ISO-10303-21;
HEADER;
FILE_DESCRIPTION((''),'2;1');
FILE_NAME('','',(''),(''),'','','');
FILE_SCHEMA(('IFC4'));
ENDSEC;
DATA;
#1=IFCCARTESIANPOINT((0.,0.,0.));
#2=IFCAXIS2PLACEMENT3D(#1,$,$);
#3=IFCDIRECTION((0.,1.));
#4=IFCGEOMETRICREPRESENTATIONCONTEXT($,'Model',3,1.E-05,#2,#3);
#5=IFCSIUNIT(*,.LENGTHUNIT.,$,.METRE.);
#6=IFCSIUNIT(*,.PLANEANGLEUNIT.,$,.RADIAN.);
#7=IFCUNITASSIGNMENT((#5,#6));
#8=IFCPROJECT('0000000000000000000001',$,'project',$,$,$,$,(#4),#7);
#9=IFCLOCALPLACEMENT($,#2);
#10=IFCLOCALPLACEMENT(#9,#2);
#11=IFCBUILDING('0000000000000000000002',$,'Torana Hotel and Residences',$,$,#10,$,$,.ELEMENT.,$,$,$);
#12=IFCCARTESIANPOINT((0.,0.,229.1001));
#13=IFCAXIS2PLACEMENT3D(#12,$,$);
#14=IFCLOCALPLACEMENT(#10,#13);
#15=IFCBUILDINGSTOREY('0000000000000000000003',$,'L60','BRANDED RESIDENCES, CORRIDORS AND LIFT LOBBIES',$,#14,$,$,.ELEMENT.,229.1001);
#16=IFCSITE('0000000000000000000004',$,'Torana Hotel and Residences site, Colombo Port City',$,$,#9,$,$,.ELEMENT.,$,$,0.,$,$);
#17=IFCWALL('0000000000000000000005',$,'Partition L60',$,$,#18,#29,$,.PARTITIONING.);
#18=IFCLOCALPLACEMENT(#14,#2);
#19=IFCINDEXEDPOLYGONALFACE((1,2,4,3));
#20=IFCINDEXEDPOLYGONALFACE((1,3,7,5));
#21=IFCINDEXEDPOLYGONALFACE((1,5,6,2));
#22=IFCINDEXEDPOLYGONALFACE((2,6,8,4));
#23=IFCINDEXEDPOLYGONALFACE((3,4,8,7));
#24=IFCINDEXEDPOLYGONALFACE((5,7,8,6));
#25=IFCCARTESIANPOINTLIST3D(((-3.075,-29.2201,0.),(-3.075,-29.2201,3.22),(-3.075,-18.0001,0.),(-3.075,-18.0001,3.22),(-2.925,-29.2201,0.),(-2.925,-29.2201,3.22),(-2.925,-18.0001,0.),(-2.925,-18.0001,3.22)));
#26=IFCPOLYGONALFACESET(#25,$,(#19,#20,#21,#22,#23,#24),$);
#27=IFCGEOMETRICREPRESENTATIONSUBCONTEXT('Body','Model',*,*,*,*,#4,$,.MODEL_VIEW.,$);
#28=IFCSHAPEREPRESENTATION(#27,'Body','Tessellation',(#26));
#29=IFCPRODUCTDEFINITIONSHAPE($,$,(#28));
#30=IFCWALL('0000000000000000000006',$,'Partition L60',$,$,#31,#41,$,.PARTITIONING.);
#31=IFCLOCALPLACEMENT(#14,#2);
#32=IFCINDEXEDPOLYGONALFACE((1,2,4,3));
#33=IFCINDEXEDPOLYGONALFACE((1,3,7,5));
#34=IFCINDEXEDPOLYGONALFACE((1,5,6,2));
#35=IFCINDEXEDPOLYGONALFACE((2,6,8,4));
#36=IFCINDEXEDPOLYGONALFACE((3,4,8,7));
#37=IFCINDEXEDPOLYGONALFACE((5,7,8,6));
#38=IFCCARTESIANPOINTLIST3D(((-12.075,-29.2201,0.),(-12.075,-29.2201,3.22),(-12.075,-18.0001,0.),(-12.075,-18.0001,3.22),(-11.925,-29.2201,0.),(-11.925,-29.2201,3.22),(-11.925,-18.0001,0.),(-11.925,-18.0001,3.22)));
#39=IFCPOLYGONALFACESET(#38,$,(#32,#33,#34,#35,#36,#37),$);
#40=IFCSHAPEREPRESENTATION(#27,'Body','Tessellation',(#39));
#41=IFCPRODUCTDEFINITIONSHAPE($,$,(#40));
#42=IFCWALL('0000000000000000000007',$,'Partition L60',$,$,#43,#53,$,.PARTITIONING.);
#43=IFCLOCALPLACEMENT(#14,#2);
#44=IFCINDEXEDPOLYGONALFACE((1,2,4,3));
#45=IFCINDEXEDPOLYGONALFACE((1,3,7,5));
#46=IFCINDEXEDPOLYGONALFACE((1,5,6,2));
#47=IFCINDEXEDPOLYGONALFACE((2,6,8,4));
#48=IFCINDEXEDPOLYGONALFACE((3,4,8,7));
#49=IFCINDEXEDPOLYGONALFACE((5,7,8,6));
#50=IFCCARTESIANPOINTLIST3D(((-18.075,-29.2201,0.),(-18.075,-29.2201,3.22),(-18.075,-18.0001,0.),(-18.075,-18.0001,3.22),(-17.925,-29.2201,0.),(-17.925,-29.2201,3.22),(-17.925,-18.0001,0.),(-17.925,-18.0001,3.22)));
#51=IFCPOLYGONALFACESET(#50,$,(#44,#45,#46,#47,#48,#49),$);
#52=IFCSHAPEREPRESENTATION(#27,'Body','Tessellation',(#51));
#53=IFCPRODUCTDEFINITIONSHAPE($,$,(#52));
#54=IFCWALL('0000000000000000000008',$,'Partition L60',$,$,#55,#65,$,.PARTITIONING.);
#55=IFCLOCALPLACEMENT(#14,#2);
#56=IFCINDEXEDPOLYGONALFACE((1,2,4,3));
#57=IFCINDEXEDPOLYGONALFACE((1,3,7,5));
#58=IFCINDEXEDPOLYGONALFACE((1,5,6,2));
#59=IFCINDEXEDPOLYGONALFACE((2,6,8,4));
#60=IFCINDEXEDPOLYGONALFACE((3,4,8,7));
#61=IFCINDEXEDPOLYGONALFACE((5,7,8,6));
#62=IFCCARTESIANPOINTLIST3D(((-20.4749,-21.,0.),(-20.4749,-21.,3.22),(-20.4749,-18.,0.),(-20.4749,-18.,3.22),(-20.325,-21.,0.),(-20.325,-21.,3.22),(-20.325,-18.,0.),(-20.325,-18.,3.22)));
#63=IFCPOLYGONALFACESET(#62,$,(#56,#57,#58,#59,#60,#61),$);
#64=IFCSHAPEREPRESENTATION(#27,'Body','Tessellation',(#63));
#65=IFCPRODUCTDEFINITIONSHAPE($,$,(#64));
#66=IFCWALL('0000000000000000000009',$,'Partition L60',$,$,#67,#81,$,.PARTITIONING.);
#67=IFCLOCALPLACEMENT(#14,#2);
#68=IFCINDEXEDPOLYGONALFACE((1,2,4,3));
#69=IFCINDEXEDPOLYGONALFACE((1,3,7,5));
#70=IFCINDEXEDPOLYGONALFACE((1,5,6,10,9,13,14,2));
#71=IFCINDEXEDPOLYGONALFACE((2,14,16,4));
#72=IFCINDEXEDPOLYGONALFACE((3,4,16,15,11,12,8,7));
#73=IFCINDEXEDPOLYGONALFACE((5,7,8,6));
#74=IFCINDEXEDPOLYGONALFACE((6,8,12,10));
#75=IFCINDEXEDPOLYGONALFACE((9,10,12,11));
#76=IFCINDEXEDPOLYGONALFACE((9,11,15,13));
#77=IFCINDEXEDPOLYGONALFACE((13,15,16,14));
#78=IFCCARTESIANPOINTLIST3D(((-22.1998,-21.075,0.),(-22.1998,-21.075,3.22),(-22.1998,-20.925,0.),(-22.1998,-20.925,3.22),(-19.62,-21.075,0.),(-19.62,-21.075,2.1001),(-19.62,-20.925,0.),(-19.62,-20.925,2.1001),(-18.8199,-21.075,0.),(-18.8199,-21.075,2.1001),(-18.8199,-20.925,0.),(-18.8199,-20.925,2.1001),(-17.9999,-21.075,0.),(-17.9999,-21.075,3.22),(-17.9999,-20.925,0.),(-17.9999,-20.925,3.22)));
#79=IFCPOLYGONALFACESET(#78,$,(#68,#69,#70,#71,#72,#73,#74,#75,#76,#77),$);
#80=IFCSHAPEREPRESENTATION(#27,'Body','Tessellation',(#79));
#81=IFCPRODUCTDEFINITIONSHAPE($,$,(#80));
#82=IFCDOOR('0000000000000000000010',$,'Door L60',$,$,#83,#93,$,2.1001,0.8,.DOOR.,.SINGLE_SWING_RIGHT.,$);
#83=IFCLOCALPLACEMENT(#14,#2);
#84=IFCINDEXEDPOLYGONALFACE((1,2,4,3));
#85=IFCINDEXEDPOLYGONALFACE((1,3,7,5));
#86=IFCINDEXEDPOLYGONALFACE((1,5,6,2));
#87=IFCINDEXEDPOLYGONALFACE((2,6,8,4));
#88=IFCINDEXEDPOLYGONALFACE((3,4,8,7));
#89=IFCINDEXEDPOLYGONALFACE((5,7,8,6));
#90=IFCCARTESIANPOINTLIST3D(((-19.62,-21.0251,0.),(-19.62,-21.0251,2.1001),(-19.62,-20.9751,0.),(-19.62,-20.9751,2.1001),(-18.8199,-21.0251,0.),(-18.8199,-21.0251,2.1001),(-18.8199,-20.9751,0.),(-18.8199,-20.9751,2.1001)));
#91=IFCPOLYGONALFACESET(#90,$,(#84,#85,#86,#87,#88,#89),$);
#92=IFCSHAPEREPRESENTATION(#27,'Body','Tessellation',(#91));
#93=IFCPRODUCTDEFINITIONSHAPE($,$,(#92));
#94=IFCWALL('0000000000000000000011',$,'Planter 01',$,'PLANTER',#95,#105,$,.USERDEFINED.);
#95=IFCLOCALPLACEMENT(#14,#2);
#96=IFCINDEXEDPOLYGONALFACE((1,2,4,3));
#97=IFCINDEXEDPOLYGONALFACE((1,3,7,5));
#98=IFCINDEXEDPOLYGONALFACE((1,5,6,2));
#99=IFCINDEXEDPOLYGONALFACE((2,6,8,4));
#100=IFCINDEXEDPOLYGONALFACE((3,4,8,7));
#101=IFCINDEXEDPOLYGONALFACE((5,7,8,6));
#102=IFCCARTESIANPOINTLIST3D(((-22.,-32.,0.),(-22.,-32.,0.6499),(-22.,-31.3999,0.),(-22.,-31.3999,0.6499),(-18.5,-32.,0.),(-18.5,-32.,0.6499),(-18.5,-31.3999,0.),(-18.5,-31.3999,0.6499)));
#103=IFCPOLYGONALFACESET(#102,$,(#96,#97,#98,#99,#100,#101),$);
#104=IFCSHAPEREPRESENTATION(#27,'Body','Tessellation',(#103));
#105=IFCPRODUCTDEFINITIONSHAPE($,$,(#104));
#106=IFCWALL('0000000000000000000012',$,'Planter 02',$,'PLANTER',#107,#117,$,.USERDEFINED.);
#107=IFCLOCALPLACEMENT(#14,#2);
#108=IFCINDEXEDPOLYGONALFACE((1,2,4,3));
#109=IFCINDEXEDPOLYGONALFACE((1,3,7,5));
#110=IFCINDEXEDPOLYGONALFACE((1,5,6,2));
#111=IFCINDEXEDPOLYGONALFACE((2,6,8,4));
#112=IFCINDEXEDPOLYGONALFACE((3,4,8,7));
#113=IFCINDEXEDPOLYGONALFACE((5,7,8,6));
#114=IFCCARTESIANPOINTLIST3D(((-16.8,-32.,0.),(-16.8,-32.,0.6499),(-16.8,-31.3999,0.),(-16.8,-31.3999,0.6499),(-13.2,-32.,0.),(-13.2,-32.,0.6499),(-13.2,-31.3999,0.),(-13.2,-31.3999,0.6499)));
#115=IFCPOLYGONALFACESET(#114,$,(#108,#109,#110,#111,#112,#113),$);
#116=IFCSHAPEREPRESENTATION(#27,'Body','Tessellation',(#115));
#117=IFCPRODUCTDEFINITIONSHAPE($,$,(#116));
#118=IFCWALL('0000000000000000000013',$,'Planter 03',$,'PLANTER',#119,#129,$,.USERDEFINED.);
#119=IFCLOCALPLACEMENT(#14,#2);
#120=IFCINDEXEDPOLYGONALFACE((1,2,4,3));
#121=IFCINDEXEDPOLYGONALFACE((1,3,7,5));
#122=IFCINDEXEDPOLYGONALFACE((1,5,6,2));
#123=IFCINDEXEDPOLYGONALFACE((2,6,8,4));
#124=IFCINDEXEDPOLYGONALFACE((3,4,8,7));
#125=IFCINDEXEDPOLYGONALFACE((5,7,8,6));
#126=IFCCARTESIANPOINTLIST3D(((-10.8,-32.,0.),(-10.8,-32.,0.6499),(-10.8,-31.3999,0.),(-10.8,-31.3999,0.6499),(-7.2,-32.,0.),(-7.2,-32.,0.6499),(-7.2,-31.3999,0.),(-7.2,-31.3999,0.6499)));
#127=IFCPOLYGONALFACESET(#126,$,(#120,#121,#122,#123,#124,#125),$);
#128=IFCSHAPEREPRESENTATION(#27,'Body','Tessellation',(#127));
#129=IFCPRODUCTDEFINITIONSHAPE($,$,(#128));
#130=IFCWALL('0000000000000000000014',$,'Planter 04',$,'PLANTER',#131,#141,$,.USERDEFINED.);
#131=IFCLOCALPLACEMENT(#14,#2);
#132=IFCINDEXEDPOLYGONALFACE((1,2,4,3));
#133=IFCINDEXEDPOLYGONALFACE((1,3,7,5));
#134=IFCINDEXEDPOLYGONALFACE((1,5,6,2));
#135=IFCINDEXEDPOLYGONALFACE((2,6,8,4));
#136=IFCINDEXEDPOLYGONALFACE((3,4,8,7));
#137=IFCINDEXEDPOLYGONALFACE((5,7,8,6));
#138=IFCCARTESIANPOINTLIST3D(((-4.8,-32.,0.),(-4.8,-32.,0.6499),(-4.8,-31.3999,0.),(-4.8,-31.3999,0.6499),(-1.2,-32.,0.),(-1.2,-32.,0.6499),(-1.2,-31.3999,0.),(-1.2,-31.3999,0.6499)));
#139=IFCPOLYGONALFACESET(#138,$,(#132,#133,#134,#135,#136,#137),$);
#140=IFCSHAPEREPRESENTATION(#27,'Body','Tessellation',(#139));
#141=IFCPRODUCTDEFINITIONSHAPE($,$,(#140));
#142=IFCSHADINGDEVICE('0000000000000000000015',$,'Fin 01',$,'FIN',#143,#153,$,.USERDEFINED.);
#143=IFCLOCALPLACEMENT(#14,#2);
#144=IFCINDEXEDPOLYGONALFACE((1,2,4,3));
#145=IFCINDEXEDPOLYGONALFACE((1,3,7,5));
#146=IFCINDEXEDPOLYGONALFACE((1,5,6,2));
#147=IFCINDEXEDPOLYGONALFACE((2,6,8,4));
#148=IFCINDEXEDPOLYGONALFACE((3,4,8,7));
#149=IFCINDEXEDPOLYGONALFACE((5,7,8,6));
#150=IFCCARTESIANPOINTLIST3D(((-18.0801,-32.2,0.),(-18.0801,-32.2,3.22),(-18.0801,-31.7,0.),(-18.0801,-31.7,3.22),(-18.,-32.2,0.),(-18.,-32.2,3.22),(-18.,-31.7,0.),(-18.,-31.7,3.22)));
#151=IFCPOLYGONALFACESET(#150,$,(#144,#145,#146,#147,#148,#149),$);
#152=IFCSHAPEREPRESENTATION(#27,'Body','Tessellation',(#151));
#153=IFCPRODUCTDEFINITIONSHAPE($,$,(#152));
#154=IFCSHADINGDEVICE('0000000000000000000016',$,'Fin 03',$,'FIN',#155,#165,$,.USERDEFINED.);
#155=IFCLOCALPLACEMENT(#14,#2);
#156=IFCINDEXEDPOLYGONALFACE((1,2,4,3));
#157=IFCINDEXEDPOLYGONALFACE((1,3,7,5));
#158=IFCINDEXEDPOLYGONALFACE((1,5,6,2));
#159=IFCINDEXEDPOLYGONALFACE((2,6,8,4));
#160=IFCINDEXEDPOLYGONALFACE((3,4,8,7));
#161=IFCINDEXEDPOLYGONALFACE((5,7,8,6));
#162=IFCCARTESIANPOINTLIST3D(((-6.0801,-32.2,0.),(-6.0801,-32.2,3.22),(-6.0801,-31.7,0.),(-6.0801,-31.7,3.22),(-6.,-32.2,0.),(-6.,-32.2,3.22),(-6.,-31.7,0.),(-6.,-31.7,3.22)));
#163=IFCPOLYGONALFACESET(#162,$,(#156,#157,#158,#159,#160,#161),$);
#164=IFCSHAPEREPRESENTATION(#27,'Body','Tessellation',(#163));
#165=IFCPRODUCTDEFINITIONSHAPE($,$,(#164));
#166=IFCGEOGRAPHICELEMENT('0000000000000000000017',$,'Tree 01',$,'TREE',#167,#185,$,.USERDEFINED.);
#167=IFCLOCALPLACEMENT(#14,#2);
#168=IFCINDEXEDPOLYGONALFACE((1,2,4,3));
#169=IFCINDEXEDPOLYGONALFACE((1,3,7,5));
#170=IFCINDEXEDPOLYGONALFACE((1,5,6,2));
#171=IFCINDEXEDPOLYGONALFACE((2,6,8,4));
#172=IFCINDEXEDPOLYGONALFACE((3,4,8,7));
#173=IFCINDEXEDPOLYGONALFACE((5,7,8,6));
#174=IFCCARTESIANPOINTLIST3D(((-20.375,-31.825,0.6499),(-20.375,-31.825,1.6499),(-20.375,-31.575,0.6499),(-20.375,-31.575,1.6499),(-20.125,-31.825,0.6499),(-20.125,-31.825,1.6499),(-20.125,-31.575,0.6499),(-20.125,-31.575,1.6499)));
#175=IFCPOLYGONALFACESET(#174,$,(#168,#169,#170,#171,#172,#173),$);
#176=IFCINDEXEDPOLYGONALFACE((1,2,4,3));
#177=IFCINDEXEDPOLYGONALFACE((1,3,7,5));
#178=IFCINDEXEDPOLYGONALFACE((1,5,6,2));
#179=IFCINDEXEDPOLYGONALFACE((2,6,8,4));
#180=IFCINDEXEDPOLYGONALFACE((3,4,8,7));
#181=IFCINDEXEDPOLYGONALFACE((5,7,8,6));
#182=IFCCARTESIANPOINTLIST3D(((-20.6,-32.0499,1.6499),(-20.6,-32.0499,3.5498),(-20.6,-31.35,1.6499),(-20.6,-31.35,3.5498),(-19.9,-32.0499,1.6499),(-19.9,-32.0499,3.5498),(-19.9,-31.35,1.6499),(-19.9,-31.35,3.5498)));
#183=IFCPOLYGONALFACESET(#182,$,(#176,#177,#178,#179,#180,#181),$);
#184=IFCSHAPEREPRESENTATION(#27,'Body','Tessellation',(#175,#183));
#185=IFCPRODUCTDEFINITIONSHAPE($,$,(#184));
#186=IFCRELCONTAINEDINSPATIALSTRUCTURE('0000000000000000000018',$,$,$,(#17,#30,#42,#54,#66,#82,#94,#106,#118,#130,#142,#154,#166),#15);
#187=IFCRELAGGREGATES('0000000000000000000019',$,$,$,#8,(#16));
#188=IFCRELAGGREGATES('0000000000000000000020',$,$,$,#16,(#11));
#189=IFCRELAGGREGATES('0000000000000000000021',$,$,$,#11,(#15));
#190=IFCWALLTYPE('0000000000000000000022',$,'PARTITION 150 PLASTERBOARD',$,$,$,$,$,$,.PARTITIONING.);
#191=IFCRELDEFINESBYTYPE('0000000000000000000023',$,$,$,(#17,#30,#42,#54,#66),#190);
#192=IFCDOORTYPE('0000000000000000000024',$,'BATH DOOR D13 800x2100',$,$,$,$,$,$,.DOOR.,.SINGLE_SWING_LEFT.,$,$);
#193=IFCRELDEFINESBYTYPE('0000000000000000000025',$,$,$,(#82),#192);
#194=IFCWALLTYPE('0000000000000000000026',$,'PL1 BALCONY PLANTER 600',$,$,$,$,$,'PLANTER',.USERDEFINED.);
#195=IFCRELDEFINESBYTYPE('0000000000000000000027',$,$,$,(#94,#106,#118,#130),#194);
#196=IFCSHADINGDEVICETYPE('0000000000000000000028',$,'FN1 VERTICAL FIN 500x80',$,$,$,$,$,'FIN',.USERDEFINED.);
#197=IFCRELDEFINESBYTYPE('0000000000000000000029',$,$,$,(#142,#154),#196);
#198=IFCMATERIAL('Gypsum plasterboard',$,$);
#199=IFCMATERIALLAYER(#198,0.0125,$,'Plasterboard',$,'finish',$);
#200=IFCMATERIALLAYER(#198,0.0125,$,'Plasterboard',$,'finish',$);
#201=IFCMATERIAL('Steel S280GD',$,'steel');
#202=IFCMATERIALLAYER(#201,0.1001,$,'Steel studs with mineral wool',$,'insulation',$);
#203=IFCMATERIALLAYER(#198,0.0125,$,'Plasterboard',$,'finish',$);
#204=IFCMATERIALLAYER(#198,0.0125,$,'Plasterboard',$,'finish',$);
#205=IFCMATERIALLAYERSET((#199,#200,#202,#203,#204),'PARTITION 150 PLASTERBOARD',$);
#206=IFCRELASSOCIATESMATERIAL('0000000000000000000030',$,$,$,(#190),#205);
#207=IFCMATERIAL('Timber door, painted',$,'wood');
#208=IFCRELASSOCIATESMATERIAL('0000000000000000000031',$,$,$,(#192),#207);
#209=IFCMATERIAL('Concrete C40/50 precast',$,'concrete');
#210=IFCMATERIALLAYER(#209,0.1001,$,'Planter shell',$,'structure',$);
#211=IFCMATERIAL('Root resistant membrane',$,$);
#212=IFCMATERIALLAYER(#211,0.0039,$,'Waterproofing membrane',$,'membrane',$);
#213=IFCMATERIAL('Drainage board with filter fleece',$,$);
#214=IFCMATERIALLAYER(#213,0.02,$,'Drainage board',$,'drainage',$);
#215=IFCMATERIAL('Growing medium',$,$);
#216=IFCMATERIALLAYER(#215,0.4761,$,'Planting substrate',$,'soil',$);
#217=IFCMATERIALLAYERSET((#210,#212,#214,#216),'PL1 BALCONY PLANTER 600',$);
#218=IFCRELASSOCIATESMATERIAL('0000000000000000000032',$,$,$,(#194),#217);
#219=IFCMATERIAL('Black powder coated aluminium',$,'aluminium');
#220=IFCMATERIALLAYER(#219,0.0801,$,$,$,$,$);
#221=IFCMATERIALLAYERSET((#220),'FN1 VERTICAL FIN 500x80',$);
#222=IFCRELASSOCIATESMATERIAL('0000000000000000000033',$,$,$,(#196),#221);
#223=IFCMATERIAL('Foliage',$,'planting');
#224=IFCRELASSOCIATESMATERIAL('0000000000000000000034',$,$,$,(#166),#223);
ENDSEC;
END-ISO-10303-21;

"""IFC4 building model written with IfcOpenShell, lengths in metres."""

from ifc_helpers import new_model, si_unit, direction, frame, frame_2d, origin, origin_2d, place, context, subcontext, project, spatial, rectangle, extrude, material, layer, layer_set, type_object, element, fill, save


model = new_model("IFC4")

# Units and contexts
model_context = context("Model", 3, precision=1e-05, world=origin(), true_north=direction((0.0, 1.0)))
body_context = subcontext(model_context, "Body", "Model", "MODEL_VIEW")
ifc_project = project(units=[si_unit("LENGTHUNIT", "METRE"), si_unit("PLANEANGLEUNIT", "RADIAN")], contexts=[model_context])

# Site, building, storey
site_placement = place(None, origin())
site = spatial("IfcSite", under=ifc_project, at=site_placement, Name="Torana Hotel and Residences site, Colombo Port City", CompositionType="ELEMENT", RefElevation=0.0)
building_placement = place(site_placement, origin())
building = spatial("IfcBuilding", under=site, at=building_placement, Name="Torana Hotel and Residences", CompositionType="ELEMENT")
storey_placement = place(building_placement, frame((0.0, 0.0, 229.1001)))
storey = spatial("IfcBuildingStorey", under=building, at=storey_placement, Name="L60", Description="BRANDED RESIDENCES, CORRIDORS AND LIFT LOBBIES", CompositionType="ELEMENT", Elevation=229.1001)

# Walls
ifc_material_1 = material(Name="Gypsum plasterboard")
ifc_layer_1 = layer(ifc_material_1, 0.0125, Name="Plasterboard", Category="finish")
ifc_layer_2 = layer(ifc_material_1, 0.0125, Name="Plasterboard", Category="finish")
ifc_material_2 = material(Name="Steel S280GD", Category="steel")
ifc_layer_3 = layer(ifc_material_2, 0.1001, Name="Steel studs with mineral wool", Category="insulation")
ifc_layer_4 = layer(ifc_material_1, 0.0125, Name="Plasterboard", Category="finish")
ifc_layer_5 = layer(ifc_material_1, 0.0125, Name="Plasterboard", Category="finish")
ifc_layer_set_1 = layer_set([ifc_layer_1, ifc_layer_2, ifc_layer_3, ifc_layer_4, ifc_layer_5], Name="PARTITION 150 PLASTERBOARD")
wall_type_1 = type_object("IfcWallType", Name="PARTITION 150 PLASTERBOARD", PredefinedType="PARTITIONING", material=ifc_layer_set_1)
for number, where, z_axis, x_axis, name in (
    (1, (-3.0, -29.22, 0.0), (0.0, 0.0, 1.0), (0.0, 1.0, 0.0), "Partition L60"),
    (2, (-12.0, -29.22, 0.0), (0.0, 0.0, 1.0), (0.0, 1.0, 0.0), "Partition L60"),
    (3, (-18.0, -29.22, 0.0), (0.0, 0.0, 1.0), (0.0, 1.0, 0.0), "Partition L60"),
):
    element("IfcWall", number, at=place(storey_placement, frame(where, z_axis=z_axis, x_axis=x_axis)), inside=storey, type_object=wall_type_1, Name=name, PredefinedType="PARTITIONING", context=body_context, shape_type="SweptSolid", body=[
        extrude(rectangle(XDim=11.22, YDim=0.1499, at=frame_2d((5.6099, 0.0))), origin(), (0.0, 0.0, 1.0), 3.22),
    ])
wall_1_placement = place(storey_placement, frame((-20.3999, -21.0, 0.0), z_axis=(0.0, 0.0, 1.0), x_axis=(0.0, 1.0, 0.0)))
element("IfcWall", 4, at=wall_1_placement, inside=storey, type_object=wall_type_1, Name="Partition L60", PredefinedType="PARTITIONING", context=body_context, shape_type="SweptSolid", body=[
    extrude(rectangle(XDim=3.0, YDim=0.1499, at=frame_2d((1.5, 0.0))), origin(), (0.0, 0.0, 1.0), 3.22),
])

# Wall, opening, door
wall_2_placement = place(storey_placement, frame((-22.2, -21.0, 0.0), z_axis=(0.0, 0.0, 1.0), x_axis=(1.0, 0.0, 0.0)))
wall_2 = element("IfcWall", 5, at=wall_2_placement, inside=storey, type_object=wall_type_1, Name="Partition L60", PredefinedType="PARTITIONING", context=body_context, shape_type="SweptSolid", body=[
    extrude(rectangle(XDim=4.2, YDim=0.1499, at=frame_2d((2.1001, 0.0))), origin(), (0.0, 0.0, 1.0), 3.22),
])
opening_1_placement = place(wall_2_placement, frame((2.5801, 0.0, 0.0)))
opening_1 = element("IfcOpeningElement", 6, at=opening_1_placement, cuts=wall_2, PredefinedType="OPENING", context=body_context, shape_type="SweptSolid", body=[
    extrude(rectangle(XDim=0.8, YDim=2.1001, at=frame_2d((0.3999, 1.05))), frame((0.0, 0.085, 0.0), z_axis=(0.0, -1.0, 0.0), x_axis=(1.0, 0.0, 0.0)), (0.0, 0.0, 1.0), 0.1699),
])
ifc_material_3 = material(Name="Timber door, painted", Category="wood")
door_type_1 = type_object("IfcDoorType", Name="BATH DOOR D13 800x2100", OperationType="SINGLE_SWING_LEFT", PredefinedType="DOOR", material=ifc_material_3)
door_1_placement = place(opening_1_placement, origin())
door_1 = element("IfcDoor", 7, at=door_1_placement, inside=storey, type_object=door_type_1, Name="Door L60", OperationType="SINGLE_SWING_RIGHT", OverallHeight=2.1001, OverallWidth=0.8, PredefinedType="DOOR", context=body_context, shape_type="SweptSolid", body=[
    extrude(rectangle(XDim=0.8, YDim=2.1001, at=frame_2d((0.3999, 1.05))), frame((0.0, 0.0249, 0.0), z_axis=(0.0, -1.0, 0.0), x_axis=(1.0, 0.0, 0.0)), (0.0, 0.0, 1.0), 0.05),
])
fill(opening_1, door_1)

# Walls
ifc_material_4 = material(Name="Concrete C40/50 precast", Category="concrete")
ifc_layer_6 = layer(ifc_material_4, 0.1001, Name="Planter shell", Category="structure")
ifc_material_5 = material(Name="Root resistant membrane")
ifc_layer_7 = layer(ifc_material_5, 0.0039, Name="Waterproofing membrane", Category="membrane")
ifc_material_6 = material(Name="Drainage board with filter fleece")
ifc_layer_8 = layer(ifc_material_6, 0.02, Name="Drainage board", Category="drainage")
ifc_material_7 = material(Name="Growing medium")
ifc_layer_9 = layer(ifc_material_7, 0.4761, Name="Planting substrate", Category="soil")
ifc_layer_set_2 = layer_set([ifc_layer_6, ifc_layer_7, ifc_layer_8, ifc_layer_9], Name="PL1 BALCONY PLANTER 600")
wall_type_2 = type_object("IfcWallType", Name="PL1 BALCONY PLANTER 600", ElementType="PLANTER", PredefinedType="USERDEFINED", material=ifc_layer_set_2)
wall_3_placement = place(storey_placement, frame((-18.5, -31.7, 0.0), z_axis=(0.0, 0.0, 1.0), x_axis=(-1.0, 0.0, 0.0)))
element("IfcWall", 8, at=wall_3_placement, inside=storey, type_object=wall_type_2, Name="Planter 01", ObjectType="PLANTER", PredefinedType="USERDEFINED", context=body_context, shape_type="SweptSolid", body=[
    extrude(rectangle(XDim=3.5, YDim=0.6001, at=frame_2d((1.75, 0.0))), origin(), (0.0, 0.0, 1.0), 0.6499),
])
for number, where, z_axis, x_axis, name in (
    (9, (-13.2, -31.7, 0.0), (0.0, 0.0, 1.0), (-1.0, 0.0, 0.0), "Planter 02"),
    (10, (-7.2, -31.7, 0.0), (0.0, 0.0, 1.0), (-1.0, 0.0, 0.0), "Planter 03"),
    (11, (-1.2, -31.7, 0.0), (0.0, 0.0, 1.0), (-1.0, 0.0, 0.0), "Planter 04"),
):
    element("IfcWall", number, at=place(storey_placement, frame(where, z_axis=z_axis, x_axis=x_axis)), inside=storey, type_object=wall_type_2, Name=name, ObjectType="PLANTER", PredefinedType="USERDEFINED", context=body_context, shape_type="SweptSolid", body=[
        extrude(rectangle(XDim=3.6001, YDim=0.6001, at=frame_2d((1.8, 0.0))), origin(), (0.0, 0.0, 1.0), 0.6499),
    ])

# Shading devices
ifc_material_8 = material(Name="Black powder coated aluminium", Category="aluminium")
ifc_layer_10 = layer(ifc_material_8, 0.0801)
ifc_layer_set_3 = layer_set([ifc_layer_10], Name="FN1 VERTICAL FIN 500x80")
shading_device_type = type_object("IfcShadingDeviceType", Name="FN1 VERTICAL FIN 500x80", ElementType="FIN", PredefinedType="USERDEFINED", material=ifc_layer_set_3)
for number, where, z_axis, x_axis, name in (
    (12, (-18.04, -31.95, 0.0), (0.0, 0.0, 1.0), (-1.0, 0.0, 0.0), "Fin 01"),
    (13, (-6.04, -31.95, 0.0), (0.0, 0.0, 1.0), (-1.0, 0.0, 0.0), "Fin 03"),
):
    element("IfcShadingDevice", number, at=place(storey_placement, frame(where, z_axis=z_axis, x_axis=x_axis)), inside=storey, type_object=shading_device_type, Name=name, ObjectType="FIN", PredefinedType="USERDEFINED", context=body_context, shape_type="SweptSolid", body=[
        extrude(rectangle(XDim=0.0801, YDim=0.5, at=origin_2d()), origin(), (0.0, 0.0, 1.0), 3.22),
    ])

# Geographic element
ifc_material_9 = material(Name="Foliage", Category="planting")
for number, where, z_axis, x_axis, name in (
    (14, (-20.25, -31.7, 0.6499), (0.0, 0.0, 1.0), (1.0, 0.0, 0.0), "Tree 01"),
):
    element("IfcGeographicElement", number, at=place(storey_placement, frame(where, z_axis=z_axis, x_axis=x_axis)), inside=storey, material=ifc_material_9, Name=name, ObjectType="TREE", PredefinedType="USERDEFINED", context=body_context, shape_type="SweptSolid", body=[
        extrude(rectangle(XDim=0.25, YDim=0.25, at=origin_2d()), origin(), (0.0, 0.0, 1.0), 1.0),
        extrude(rectangle(XDim=0.7, YDim=0.7, at=origin_2d()), frame((0.0, 0.0, 1.0)), (0.0, 0.0, 1.0), 1.8999),
    ])

save(model, "model.ifc")
